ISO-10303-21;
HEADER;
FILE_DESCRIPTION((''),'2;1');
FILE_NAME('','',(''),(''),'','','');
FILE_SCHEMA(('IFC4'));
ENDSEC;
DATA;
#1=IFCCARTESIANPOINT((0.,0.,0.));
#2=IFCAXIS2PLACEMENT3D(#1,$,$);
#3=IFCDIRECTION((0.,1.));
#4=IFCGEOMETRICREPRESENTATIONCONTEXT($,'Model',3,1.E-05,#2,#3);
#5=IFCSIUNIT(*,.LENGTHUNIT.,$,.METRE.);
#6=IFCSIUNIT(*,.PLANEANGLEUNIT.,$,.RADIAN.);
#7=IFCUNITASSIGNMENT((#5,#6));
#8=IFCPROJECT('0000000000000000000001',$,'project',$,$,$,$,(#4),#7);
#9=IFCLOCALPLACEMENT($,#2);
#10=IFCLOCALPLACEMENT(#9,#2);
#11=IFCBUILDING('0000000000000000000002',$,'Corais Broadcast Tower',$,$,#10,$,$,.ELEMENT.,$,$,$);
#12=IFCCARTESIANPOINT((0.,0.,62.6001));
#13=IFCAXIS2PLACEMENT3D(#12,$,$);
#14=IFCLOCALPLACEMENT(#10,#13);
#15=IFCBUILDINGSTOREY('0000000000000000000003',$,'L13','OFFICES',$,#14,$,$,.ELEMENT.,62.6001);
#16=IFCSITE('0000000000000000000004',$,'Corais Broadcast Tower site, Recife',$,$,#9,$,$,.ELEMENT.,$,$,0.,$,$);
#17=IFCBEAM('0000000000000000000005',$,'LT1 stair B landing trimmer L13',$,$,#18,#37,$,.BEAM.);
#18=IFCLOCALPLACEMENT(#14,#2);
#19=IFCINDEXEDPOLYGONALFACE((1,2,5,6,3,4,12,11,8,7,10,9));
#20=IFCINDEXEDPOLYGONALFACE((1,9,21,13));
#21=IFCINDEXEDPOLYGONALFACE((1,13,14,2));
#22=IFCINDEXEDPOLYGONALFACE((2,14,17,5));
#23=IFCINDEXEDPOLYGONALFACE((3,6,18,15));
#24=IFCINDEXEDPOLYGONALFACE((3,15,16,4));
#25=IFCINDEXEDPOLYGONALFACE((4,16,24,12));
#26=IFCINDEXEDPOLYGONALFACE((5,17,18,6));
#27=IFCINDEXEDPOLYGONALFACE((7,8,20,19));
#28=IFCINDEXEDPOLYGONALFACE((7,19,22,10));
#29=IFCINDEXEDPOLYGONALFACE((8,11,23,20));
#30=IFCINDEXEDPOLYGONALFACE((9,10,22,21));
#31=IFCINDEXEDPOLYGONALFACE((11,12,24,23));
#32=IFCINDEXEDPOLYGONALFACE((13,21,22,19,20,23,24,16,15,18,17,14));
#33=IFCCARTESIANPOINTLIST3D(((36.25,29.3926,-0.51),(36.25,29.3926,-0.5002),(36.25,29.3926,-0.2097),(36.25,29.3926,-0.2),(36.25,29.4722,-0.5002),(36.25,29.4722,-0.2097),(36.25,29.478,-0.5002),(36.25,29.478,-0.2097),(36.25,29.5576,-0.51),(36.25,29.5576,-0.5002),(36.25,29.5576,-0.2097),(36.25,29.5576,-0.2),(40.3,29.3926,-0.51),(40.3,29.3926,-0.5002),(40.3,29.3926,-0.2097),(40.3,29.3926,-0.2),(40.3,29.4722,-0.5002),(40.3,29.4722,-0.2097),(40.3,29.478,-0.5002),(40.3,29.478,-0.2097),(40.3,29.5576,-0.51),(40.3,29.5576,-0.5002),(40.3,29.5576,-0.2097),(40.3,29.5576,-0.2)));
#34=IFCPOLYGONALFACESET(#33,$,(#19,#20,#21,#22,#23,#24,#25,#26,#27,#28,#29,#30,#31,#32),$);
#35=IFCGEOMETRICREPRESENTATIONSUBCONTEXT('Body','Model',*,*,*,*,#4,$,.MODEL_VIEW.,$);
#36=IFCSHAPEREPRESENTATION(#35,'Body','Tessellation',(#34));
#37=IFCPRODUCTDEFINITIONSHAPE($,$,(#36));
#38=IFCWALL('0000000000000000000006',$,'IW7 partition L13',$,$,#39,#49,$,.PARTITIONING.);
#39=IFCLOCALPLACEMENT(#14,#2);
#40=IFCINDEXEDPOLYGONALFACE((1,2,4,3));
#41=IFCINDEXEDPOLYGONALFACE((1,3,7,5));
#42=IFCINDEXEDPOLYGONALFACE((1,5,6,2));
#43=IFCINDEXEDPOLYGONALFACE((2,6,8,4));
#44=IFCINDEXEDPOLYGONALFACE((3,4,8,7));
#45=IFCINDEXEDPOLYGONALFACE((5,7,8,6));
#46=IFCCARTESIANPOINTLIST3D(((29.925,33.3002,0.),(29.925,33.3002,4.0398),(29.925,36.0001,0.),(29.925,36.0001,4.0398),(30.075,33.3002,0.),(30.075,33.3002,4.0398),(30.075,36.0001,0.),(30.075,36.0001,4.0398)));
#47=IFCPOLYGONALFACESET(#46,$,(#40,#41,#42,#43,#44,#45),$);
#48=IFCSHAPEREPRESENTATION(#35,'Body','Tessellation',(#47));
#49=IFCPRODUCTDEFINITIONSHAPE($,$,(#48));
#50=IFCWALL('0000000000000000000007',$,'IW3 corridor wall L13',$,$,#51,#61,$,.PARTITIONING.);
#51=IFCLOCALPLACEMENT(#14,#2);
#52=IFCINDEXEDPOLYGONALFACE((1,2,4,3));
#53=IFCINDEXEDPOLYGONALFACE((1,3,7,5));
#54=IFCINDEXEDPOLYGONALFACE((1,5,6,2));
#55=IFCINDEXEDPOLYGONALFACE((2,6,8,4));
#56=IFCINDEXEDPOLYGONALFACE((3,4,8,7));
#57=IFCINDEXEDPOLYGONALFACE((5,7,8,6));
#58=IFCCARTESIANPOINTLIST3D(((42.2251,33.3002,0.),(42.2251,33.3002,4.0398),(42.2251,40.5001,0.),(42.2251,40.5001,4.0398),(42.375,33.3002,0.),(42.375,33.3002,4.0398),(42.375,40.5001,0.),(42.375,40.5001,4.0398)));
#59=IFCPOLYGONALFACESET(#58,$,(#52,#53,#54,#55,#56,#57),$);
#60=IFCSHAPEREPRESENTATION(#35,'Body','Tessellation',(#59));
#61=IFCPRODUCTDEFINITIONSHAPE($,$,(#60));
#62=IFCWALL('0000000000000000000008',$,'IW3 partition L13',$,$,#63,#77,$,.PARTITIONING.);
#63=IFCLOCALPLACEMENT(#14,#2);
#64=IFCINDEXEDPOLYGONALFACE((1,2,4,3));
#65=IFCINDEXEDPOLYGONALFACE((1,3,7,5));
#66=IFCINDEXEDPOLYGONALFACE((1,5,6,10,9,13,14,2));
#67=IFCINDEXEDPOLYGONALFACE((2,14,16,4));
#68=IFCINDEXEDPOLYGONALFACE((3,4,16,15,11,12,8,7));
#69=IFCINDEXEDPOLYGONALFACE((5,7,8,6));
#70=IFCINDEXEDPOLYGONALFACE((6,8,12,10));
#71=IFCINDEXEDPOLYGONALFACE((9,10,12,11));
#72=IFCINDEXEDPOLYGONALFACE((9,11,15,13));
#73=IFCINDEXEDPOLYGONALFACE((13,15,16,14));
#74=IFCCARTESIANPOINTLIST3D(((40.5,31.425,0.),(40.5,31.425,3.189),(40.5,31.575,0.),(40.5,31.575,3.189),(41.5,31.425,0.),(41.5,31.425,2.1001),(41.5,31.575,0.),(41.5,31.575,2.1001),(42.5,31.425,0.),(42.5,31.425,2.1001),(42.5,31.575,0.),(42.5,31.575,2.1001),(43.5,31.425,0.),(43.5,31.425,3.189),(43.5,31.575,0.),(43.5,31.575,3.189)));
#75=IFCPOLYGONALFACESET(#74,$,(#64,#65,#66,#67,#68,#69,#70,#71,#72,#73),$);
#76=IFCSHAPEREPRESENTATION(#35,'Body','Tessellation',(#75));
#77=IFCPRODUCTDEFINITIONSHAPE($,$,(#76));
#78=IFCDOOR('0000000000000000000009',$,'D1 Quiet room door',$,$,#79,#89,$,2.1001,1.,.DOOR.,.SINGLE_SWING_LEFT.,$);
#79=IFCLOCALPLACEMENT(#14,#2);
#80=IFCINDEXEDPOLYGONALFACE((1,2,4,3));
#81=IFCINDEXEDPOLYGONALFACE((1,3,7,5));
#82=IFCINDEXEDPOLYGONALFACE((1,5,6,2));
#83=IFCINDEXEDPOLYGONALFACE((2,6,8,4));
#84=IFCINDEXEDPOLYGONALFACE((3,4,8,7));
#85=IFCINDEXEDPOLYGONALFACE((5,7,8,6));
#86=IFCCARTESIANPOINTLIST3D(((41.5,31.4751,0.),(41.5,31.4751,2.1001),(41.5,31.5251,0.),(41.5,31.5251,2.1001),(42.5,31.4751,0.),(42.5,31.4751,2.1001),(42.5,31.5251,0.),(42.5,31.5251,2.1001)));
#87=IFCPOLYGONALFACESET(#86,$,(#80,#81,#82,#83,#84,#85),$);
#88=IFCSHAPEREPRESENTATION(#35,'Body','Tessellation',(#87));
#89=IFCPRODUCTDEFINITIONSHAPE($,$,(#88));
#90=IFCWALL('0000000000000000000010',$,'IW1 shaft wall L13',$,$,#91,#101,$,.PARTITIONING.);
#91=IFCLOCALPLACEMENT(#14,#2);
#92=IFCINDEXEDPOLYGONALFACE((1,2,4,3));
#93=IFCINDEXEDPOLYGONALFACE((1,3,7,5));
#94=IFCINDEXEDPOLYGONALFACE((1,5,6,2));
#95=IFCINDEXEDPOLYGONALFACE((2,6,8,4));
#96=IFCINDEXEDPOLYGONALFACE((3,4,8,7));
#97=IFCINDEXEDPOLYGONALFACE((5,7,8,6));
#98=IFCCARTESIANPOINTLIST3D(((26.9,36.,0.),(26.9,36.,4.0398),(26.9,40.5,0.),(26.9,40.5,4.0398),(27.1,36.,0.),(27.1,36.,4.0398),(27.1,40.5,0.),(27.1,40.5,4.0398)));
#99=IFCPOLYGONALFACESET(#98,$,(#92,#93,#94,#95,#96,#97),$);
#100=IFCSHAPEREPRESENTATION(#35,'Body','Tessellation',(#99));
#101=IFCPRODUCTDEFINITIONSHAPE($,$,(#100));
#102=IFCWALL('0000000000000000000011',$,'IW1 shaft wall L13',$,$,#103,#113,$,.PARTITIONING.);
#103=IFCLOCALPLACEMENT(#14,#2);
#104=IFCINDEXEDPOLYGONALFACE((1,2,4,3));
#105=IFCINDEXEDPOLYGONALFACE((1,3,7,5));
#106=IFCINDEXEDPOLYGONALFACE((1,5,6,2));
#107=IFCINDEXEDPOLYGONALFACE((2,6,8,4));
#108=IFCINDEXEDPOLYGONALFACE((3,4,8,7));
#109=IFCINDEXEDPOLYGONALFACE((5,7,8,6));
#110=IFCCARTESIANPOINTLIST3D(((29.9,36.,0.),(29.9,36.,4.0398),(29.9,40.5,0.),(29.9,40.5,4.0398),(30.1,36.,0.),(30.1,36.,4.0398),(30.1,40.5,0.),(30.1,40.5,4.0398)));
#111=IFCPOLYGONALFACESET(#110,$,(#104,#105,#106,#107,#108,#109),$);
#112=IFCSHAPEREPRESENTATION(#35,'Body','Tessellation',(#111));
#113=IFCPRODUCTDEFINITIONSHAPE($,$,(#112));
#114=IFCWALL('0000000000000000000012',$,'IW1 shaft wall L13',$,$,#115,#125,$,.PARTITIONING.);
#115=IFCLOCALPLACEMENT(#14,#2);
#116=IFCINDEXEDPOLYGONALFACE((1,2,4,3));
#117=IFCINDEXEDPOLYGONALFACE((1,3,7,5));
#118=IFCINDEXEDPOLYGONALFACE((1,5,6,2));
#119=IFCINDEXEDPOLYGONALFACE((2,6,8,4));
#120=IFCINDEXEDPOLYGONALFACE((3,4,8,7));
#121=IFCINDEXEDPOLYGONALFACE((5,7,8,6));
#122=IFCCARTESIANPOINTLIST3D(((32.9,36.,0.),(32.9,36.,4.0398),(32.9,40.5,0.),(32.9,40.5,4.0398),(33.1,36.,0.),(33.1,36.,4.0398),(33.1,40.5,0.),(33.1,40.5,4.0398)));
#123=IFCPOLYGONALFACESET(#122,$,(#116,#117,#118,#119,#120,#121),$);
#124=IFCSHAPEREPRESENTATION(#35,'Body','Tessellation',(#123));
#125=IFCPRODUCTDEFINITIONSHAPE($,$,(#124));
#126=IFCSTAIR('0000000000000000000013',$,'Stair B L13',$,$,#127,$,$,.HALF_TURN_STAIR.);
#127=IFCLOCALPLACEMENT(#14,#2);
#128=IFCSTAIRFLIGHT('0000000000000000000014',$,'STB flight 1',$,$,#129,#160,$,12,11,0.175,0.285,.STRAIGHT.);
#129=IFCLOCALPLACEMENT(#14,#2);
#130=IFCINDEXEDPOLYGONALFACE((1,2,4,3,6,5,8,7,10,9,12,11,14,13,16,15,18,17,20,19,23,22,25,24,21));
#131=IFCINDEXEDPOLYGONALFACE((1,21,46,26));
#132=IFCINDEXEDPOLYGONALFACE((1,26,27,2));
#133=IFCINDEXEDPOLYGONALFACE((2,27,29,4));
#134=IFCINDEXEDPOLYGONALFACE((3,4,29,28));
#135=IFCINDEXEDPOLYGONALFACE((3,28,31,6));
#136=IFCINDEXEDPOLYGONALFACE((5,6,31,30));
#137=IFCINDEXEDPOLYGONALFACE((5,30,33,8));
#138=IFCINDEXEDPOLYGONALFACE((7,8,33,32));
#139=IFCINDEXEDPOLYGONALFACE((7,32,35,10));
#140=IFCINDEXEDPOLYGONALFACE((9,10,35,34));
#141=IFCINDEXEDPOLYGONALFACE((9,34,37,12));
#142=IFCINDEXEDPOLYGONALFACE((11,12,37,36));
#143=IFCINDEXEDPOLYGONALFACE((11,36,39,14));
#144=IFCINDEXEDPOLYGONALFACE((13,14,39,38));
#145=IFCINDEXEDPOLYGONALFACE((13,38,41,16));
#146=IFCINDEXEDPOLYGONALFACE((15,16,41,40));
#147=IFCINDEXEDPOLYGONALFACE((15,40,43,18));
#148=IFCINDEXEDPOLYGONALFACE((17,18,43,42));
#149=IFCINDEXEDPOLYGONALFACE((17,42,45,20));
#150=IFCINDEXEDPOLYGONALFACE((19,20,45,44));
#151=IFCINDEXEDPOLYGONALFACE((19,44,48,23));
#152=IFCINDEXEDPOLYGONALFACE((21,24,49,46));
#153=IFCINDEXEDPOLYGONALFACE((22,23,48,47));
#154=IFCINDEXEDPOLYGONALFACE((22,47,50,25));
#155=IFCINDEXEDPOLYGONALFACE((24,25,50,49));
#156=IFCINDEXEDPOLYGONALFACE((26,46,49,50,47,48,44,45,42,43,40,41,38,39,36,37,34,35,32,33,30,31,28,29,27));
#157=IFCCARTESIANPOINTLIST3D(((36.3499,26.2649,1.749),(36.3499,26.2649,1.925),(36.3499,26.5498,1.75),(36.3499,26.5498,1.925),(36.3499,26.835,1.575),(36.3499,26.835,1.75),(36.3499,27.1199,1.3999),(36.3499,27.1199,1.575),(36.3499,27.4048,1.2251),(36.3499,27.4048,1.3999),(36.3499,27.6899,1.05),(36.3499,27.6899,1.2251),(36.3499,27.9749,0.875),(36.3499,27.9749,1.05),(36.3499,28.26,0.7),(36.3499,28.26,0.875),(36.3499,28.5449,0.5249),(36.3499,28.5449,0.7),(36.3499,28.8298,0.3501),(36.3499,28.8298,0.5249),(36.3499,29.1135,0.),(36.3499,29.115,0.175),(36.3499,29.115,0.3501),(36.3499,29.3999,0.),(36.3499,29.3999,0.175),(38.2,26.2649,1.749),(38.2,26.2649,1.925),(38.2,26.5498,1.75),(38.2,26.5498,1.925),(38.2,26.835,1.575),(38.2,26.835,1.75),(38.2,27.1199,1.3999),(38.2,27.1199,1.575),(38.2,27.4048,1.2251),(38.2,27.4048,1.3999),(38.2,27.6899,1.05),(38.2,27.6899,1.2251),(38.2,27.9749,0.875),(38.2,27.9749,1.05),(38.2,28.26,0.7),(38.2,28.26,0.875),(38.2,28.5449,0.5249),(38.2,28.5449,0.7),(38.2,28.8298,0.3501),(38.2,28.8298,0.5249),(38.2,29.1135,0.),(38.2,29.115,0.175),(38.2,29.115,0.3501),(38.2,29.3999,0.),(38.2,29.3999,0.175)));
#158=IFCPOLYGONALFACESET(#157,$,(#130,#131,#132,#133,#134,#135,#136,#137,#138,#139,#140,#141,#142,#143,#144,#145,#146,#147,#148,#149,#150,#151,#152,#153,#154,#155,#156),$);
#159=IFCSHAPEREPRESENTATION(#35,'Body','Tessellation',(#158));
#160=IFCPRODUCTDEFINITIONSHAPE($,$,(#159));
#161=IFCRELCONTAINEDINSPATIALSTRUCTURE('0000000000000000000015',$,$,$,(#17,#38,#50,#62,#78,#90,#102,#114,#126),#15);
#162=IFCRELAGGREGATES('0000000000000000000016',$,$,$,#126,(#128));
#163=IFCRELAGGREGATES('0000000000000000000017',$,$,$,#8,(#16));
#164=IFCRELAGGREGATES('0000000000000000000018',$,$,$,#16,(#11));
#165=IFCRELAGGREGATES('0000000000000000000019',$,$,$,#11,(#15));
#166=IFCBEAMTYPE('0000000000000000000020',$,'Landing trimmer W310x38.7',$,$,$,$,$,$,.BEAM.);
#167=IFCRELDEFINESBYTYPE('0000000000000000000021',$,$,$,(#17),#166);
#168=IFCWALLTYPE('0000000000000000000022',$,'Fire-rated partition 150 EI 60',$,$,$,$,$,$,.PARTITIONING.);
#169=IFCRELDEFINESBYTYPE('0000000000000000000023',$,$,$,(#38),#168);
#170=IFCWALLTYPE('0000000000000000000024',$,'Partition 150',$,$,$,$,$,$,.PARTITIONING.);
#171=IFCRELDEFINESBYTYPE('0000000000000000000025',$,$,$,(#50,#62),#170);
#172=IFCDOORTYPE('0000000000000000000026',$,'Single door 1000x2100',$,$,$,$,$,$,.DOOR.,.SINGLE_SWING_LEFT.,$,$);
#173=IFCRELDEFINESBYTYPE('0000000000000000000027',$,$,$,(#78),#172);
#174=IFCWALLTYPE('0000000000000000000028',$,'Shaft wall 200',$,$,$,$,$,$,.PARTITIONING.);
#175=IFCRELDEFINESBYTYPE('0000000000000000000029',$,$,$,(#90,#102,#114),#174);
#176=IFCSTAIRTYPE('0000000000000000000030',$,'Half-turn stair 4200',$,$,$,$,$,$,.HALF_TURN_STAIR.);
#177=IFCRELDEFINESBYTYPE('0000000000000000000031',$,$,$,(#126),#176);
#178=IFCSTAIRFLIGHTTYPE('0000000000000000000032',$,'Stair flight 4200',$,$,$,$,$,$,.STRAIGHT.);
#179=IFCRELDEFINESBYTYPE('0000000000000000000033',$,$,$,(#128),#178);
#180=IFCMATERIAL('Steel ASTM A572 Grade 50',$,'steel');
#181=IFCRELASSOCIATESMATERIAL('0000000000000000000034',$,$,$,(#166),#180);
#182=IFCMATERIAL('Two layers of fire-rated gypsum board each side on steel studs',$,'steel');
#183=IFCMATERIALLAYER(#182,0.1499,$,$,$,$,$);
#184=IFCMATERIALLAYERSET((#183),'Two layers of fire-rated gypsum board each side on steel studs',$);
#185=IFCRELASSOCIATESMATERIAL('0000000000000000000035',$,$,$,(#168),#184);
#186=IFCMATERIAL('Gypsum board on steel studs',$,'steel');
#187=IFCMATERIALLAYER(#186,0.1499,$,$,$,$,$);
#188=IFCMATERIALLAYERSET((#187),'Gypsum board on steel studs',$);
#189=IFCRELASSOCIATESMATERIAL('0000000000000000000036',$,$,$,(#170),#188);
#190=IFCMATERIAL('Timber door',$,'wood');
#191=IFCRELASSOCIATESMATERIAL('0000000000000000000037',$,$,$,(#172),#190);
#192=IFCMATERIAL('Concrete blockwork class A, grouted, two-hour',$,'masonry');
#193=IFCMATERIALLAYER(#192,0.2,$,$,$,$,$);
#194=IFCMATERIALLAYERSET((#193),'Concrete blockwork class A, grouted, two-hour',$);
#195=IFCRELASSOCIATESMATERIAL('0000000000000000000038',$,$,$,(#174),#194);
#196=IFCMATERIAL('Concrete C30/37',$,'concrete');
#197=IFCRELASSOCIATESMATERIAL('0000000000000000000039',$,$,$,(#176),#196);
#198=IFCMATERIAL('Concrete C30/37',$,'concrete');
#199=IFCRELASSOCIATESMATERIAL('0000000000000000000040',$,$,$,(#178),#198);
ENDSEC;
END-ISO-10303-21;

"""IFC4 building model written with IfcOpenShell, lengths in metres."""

from ifc_helpers import new_model, si_unit, direction, frame, frame_2d, origin, origin_2d, place, context, subcontext, project, spatial, polyline, rectangle, i_section, outline, extrude, material, layer, layer_set, material_profile, profile_set, type_object, element, fill, aggregate, save


model = new_model("IFC4")

# Units and contexts
model_context = context("Model", 3, precision=1e-05, world=origin(), true_north=direction((0.0, 1.0)))
body_context = subcontext(model_context, "Body", "Model", "MODEL_VIEW")
ifc_project = project(units=[si_unit("LENGTHUNIT", "METRE"), si_unit("PLANEANGLEUNIT", "RADIAN")], contexts=[model_context])

# Site, building, storey
site_placement = place(None, origin())
site = spatial("IfcSite", under=ifc_project, at=site_placement, Name="Corais Broadcast Tower site, Recife", CompositionType="ELEMENT", RefElevation=0.0)
building_placement = place(site_placement, origin())
building = spatial("IfcBuilding", under=site, at=building_placement, Name="Corais Broadcast Tower", CompositionType="ELEMENT")
storey_placement = place(building_placement, frame((0.0, 0.0, 62.6001)))
storey = spatial("IfcBuildingStorey", under=building, at=storey_placement, Name="L13", Description="OFFICES", CompositionType="ELEMENT", Elevation=62.6001)

# Beam
ifc_material_1 = material(Name="Steel ASTM A572 Grade 50", Category="steel")
ifc_material_profile = material_profile(ifc_material_1, i_section(OverallWidth=0.165, OverallDepth=0.3101, WebThickness=0.0059, FlangeThickness=0.0098, at=origin_2d()), Name="W310x38.7")
ifc_profile_set = profile_set([ifc_material_profile], Name="Steel ASTM A572 Grade 50")
beam_type = type_object("IfcBeamType", Name="Landing trimmer W310x38.7", PredefinedType="BEAM", material=ifc_profile_set)
beam_placement = place(storey_placement, frame((36.25, 29.4751, -0.355), z_axis=(1.0, 0.0, 0.0), x_axis=(0.0, 1.0, 0.0)))
element("IfcBeam", 1, at=beam_placement, inside=storey, type_object=beam_type, Name="LT1 stair B landing trimmer L13", PredefinedType="BEAM", context=body_context, shape_type="SweptSolid", body=[
    extrude(i_section(OverallWidth=0.165, OverallDepth=0.3101, WebThickness=0.0059, FlangeThickness=0.0098, at=origin_2d()), origin(), (0.0, 0.0, 1.0), 4.05),
])

# Walls
ifc_material_2 = material(Name="Two layers of fire-rated gypsum board each side on steel studs", Category="steel")
ifc_layer_1 = layer(ifc_material_2, 0.1499)
ifc_layer_set_1 = layer_set([ifc_layer_1], Name="Two layers of fire-rated gypsum board each side on steel studs")
wall_type_1 = type_object("IfcWallType", Name="Fire-rated partition 150 EI 60", PredefinedType="PARTITIONING", material=ifc_layer_set_1)
wall_1_placement = place(storey_placement, frame((30.0, 33.3, 0.0), z_axis=(0.0, 0.0, 1.0), x_axis=(0.0, 1.0, 0.0)))
element("IfcWall", 2, at=wall_1_placement, inside=storey, type_object=wall_type_1, Name="IW7 partition L13", PredefinedType="PARTITIONING", context=body_context, shape_type="SweptSolid", body=[
    extrude(rectangle(XDim=2.7, YDim=0.1499, at=frame_2d((1.3501, 0.0))), origin(), (0.0, 0.0, 1.0), 4.0398),
])
ifc_material_3 = material(Name="Gypsum board on steel studs", Category="steel")
ifc_layer_2 = layer(ifc_material_3, 0.1499)
ifc_layer_set_2 = layer_set([ifc_layer_2], Name="Gypsum board on steel studs")
wall_type_2 = type_object("IfcWallType", Name="Partition 150", PredefinedType="PARTITIONING", material=ifc_layer_set_2)
wall_2_placement = place(storey_placement, frame((42.3, 33.3, 0.0), z_axis=(0.0, 0.0, 1.0), x_axis=(0.0, 1.0, 0.0)))
element("IfcWall", 3, at=wall_2_placement, inside=storey, type_object=wall_type_2, Name="IW3 corridor wall L13", PredefinedType="PARTITIONING", context=body_context, shape_type="SweptSolid", body=[
    extrude(rectangle(XDim=7.2, YDim=0.1499, at=frame_2d((3.6001, 0.0))), origin(), (0.0, 0.0, 1.0), 4.0398),
])

# Wall, opening, door
wall_3_placement = place(storey_placement, frame((43.5, 31.5, 0.0), z_axis=(0.0, 0.0, 1.0), x_axis=(-1.0, 0.0, 0.0)))
wall_3 = element("IfcWall", 4, at=wall_3_placement, inside=storey, type_object=wall_type_2, Name="IW3 partition L13", PredefinedType="PARTITIONING", context=body_context, shape_type="SweptSolid", body=[
    extrude(rectangle(XDim=3.0, YDim=0.1499, at=frame_2d((1.5, 0.0))), origin(), (0.0, 0.0, 1.0), 3.189),
])
opening_placement = place(wall_3_placement, frame((1.0, 0.0, 0.0)))
opening = element("IfcOpeningElement", 5, at=opening_placement, cuts=wall_3, PredefinedType="OPENING", context=body_context, shape_type="SweptSolid", body=[
    extrude(rectangle(XDim=1.0, YDim=2.1001, at=frame_2d((0.5, 1.05))), frame((0.0, 0.085, 0.0), z_axis=(0.0, -1.0, 0.0), x_axis=(1.0, 0.0, 0.0)), (0.0, 0.0, 1.0), 0.1699),
])
ifc_material_4 = material(Name="Timber door", Category="wood")
door_type = type_object("IfcDoorType", Name="Single door 1000x2100", OperationType="SINGLE_SWING_LEFT", PredefinedType="DOOR", material=ifc_material_4)
door_placement = place(opening_placement, origin())
door = element("IfcDoor", 6, at=door_placement, inside=storey, type_object=door_type, Name="D1 Quiet room door", OperationType="SINGLE_SWING_LEFT", OverallHeight=2.1001, OverallWidth=1.0, PredefinedType="DOOR", context=body_context, shape_type="SweptSolid", body=[
    extrude(rectangle(XDim=1.0, YDim=2.1001, at=frame_2d((0.5, 1.05))), frame((0.0, 0.0249, 0.0), z_axis=(0.0, -1.0, 0.0), x_axis=(1.0, 0.0, 0.0)), (0.0, 0.0, 1.0), 0.05),
])
fill(opening, door)

# Walls
ifc_material_5 = material(Name="Concrete blockwork class A, grouted, two-hour", Category="masonry")
ifc_layer_3 = layer(ifc_material_5, 0.2)
ifc_layer_set_3 = layer_set([ifc_layer_3], Name="Concrete blockwork class A, grouted, two-hour")
wall_type_3 = type_object("IfcWallType", Name="Shaft wall 200", PredefinedType="PARTITIONING", material=ifc_layer_set_3)
for number, where, z_axis, x_axis, name in (
    (7, (27.0, 36.0, 0.0), (0.0, 0.0, 1.0), (0.0, 1.0, 0.0), "IW1 shaft wall L13"),
    (8, (30.0, 36.0, 0.0), (0.0, 0.0, 1.0), (0.0, 1.0, 0.0), "IW1 shaft wall L13"),
    (9, (33.0, 36.0, 0.0), (0.0, 0.0, 1.0), (0.0, 1.0, 0.0), "IW1 shaft wall L13"),
):
    element("IfcWall", number, at=place(storey_placement, frame(where, z_axis=z_axis, x_axis=x_axis)), inside=storey, type_object=wall_type_3, Name=name, PredefinedType="PARTITIONING", context=body_context, shape_type="SweptSolid", body=[
        extrude(rectangle(XDim=4.5, YDim=0.2, at=frame_2d((2.25, 0.0))), origin(), (0.0, 0.0, 1.0), 4.0398),
    ])

# Stair, stair flight
ifc_material_6 = material(Name="Concrete C30/37", Category="concrete")
stair_type = type_object("IfcStairType", Name="Half-turn stair 4200", PredefinedType="HALF_TURN_STAIR", material=ifc_material_6)
stair_placement = place(storey_placement, origin())
stair = element("IfcStair", 10, at=stair_placement, inside=storey, type_object=stair_type, Name="Stair B L13", PredefinedType="HALF_TURN_STAIR")
ifc_material_7 = material(Name="Concrete C30/37", Category="concrete")
stair_flight_type = type_object("IfcStairFlightType", Name="Stair flight 4200", PredefinedType="STRAIGHT", material=ifc_material_7)
stair_flight_placement = place(storey_placement, frame((37.2749, 29.3999, 0.0), z_axis=(0.0, 0.0, 1.0), x_axis=(0.0, -1.0, 0.0)))
stair_flight = element("IfcStairFlight", 11, at=stair_flight_placement, type_object=stair_flight_type, Name="STB flight 1", NumberOfRisers=12, NumberOfTreads=11, PredefinedType="STRAIGHT", RiserHeight=0.175, TreadLength=0.285, context=body_context, shape_type="SweptSolid", body=[
    extrude(outline(polyline([(0.0, 0.0), (0.0, 0.175), (0.2849, 0.175), (0.2849, 0.3501), (0.5701, 0.3501), (0.5701, 0.5249), (0.855, 0.5249), (0.855, 0.7), (1.1399, 0.7), (1.1399, 0.875), (1.425, 0.875), (1.425, 1.05), (1.71, 1.05), (1.71, 1.2251), (1.9951, 1.2251), (1.9951, 1.3999), (2.28, 1.3999), (2.28, 1.575), (2.5649, 1.575), (2.5649, 1.75), (2.8501, 1.75), (2.8501, 1.925), (3.135, 1.925), (3.135, 2.1001), (3.135, 1.749), (0.2864, 0.0), (0.0, 0.0)])), frame((0.0, 0.925, 0.0), z_axis=(0.0, -1.0, 0.0), x_axis=(1.0, 0.0, 0.0)), (0.0, 0.0, 1.0), 1.8501),
])
aggregate(stair, [stair_flight])

save(model, "model.ifc")
